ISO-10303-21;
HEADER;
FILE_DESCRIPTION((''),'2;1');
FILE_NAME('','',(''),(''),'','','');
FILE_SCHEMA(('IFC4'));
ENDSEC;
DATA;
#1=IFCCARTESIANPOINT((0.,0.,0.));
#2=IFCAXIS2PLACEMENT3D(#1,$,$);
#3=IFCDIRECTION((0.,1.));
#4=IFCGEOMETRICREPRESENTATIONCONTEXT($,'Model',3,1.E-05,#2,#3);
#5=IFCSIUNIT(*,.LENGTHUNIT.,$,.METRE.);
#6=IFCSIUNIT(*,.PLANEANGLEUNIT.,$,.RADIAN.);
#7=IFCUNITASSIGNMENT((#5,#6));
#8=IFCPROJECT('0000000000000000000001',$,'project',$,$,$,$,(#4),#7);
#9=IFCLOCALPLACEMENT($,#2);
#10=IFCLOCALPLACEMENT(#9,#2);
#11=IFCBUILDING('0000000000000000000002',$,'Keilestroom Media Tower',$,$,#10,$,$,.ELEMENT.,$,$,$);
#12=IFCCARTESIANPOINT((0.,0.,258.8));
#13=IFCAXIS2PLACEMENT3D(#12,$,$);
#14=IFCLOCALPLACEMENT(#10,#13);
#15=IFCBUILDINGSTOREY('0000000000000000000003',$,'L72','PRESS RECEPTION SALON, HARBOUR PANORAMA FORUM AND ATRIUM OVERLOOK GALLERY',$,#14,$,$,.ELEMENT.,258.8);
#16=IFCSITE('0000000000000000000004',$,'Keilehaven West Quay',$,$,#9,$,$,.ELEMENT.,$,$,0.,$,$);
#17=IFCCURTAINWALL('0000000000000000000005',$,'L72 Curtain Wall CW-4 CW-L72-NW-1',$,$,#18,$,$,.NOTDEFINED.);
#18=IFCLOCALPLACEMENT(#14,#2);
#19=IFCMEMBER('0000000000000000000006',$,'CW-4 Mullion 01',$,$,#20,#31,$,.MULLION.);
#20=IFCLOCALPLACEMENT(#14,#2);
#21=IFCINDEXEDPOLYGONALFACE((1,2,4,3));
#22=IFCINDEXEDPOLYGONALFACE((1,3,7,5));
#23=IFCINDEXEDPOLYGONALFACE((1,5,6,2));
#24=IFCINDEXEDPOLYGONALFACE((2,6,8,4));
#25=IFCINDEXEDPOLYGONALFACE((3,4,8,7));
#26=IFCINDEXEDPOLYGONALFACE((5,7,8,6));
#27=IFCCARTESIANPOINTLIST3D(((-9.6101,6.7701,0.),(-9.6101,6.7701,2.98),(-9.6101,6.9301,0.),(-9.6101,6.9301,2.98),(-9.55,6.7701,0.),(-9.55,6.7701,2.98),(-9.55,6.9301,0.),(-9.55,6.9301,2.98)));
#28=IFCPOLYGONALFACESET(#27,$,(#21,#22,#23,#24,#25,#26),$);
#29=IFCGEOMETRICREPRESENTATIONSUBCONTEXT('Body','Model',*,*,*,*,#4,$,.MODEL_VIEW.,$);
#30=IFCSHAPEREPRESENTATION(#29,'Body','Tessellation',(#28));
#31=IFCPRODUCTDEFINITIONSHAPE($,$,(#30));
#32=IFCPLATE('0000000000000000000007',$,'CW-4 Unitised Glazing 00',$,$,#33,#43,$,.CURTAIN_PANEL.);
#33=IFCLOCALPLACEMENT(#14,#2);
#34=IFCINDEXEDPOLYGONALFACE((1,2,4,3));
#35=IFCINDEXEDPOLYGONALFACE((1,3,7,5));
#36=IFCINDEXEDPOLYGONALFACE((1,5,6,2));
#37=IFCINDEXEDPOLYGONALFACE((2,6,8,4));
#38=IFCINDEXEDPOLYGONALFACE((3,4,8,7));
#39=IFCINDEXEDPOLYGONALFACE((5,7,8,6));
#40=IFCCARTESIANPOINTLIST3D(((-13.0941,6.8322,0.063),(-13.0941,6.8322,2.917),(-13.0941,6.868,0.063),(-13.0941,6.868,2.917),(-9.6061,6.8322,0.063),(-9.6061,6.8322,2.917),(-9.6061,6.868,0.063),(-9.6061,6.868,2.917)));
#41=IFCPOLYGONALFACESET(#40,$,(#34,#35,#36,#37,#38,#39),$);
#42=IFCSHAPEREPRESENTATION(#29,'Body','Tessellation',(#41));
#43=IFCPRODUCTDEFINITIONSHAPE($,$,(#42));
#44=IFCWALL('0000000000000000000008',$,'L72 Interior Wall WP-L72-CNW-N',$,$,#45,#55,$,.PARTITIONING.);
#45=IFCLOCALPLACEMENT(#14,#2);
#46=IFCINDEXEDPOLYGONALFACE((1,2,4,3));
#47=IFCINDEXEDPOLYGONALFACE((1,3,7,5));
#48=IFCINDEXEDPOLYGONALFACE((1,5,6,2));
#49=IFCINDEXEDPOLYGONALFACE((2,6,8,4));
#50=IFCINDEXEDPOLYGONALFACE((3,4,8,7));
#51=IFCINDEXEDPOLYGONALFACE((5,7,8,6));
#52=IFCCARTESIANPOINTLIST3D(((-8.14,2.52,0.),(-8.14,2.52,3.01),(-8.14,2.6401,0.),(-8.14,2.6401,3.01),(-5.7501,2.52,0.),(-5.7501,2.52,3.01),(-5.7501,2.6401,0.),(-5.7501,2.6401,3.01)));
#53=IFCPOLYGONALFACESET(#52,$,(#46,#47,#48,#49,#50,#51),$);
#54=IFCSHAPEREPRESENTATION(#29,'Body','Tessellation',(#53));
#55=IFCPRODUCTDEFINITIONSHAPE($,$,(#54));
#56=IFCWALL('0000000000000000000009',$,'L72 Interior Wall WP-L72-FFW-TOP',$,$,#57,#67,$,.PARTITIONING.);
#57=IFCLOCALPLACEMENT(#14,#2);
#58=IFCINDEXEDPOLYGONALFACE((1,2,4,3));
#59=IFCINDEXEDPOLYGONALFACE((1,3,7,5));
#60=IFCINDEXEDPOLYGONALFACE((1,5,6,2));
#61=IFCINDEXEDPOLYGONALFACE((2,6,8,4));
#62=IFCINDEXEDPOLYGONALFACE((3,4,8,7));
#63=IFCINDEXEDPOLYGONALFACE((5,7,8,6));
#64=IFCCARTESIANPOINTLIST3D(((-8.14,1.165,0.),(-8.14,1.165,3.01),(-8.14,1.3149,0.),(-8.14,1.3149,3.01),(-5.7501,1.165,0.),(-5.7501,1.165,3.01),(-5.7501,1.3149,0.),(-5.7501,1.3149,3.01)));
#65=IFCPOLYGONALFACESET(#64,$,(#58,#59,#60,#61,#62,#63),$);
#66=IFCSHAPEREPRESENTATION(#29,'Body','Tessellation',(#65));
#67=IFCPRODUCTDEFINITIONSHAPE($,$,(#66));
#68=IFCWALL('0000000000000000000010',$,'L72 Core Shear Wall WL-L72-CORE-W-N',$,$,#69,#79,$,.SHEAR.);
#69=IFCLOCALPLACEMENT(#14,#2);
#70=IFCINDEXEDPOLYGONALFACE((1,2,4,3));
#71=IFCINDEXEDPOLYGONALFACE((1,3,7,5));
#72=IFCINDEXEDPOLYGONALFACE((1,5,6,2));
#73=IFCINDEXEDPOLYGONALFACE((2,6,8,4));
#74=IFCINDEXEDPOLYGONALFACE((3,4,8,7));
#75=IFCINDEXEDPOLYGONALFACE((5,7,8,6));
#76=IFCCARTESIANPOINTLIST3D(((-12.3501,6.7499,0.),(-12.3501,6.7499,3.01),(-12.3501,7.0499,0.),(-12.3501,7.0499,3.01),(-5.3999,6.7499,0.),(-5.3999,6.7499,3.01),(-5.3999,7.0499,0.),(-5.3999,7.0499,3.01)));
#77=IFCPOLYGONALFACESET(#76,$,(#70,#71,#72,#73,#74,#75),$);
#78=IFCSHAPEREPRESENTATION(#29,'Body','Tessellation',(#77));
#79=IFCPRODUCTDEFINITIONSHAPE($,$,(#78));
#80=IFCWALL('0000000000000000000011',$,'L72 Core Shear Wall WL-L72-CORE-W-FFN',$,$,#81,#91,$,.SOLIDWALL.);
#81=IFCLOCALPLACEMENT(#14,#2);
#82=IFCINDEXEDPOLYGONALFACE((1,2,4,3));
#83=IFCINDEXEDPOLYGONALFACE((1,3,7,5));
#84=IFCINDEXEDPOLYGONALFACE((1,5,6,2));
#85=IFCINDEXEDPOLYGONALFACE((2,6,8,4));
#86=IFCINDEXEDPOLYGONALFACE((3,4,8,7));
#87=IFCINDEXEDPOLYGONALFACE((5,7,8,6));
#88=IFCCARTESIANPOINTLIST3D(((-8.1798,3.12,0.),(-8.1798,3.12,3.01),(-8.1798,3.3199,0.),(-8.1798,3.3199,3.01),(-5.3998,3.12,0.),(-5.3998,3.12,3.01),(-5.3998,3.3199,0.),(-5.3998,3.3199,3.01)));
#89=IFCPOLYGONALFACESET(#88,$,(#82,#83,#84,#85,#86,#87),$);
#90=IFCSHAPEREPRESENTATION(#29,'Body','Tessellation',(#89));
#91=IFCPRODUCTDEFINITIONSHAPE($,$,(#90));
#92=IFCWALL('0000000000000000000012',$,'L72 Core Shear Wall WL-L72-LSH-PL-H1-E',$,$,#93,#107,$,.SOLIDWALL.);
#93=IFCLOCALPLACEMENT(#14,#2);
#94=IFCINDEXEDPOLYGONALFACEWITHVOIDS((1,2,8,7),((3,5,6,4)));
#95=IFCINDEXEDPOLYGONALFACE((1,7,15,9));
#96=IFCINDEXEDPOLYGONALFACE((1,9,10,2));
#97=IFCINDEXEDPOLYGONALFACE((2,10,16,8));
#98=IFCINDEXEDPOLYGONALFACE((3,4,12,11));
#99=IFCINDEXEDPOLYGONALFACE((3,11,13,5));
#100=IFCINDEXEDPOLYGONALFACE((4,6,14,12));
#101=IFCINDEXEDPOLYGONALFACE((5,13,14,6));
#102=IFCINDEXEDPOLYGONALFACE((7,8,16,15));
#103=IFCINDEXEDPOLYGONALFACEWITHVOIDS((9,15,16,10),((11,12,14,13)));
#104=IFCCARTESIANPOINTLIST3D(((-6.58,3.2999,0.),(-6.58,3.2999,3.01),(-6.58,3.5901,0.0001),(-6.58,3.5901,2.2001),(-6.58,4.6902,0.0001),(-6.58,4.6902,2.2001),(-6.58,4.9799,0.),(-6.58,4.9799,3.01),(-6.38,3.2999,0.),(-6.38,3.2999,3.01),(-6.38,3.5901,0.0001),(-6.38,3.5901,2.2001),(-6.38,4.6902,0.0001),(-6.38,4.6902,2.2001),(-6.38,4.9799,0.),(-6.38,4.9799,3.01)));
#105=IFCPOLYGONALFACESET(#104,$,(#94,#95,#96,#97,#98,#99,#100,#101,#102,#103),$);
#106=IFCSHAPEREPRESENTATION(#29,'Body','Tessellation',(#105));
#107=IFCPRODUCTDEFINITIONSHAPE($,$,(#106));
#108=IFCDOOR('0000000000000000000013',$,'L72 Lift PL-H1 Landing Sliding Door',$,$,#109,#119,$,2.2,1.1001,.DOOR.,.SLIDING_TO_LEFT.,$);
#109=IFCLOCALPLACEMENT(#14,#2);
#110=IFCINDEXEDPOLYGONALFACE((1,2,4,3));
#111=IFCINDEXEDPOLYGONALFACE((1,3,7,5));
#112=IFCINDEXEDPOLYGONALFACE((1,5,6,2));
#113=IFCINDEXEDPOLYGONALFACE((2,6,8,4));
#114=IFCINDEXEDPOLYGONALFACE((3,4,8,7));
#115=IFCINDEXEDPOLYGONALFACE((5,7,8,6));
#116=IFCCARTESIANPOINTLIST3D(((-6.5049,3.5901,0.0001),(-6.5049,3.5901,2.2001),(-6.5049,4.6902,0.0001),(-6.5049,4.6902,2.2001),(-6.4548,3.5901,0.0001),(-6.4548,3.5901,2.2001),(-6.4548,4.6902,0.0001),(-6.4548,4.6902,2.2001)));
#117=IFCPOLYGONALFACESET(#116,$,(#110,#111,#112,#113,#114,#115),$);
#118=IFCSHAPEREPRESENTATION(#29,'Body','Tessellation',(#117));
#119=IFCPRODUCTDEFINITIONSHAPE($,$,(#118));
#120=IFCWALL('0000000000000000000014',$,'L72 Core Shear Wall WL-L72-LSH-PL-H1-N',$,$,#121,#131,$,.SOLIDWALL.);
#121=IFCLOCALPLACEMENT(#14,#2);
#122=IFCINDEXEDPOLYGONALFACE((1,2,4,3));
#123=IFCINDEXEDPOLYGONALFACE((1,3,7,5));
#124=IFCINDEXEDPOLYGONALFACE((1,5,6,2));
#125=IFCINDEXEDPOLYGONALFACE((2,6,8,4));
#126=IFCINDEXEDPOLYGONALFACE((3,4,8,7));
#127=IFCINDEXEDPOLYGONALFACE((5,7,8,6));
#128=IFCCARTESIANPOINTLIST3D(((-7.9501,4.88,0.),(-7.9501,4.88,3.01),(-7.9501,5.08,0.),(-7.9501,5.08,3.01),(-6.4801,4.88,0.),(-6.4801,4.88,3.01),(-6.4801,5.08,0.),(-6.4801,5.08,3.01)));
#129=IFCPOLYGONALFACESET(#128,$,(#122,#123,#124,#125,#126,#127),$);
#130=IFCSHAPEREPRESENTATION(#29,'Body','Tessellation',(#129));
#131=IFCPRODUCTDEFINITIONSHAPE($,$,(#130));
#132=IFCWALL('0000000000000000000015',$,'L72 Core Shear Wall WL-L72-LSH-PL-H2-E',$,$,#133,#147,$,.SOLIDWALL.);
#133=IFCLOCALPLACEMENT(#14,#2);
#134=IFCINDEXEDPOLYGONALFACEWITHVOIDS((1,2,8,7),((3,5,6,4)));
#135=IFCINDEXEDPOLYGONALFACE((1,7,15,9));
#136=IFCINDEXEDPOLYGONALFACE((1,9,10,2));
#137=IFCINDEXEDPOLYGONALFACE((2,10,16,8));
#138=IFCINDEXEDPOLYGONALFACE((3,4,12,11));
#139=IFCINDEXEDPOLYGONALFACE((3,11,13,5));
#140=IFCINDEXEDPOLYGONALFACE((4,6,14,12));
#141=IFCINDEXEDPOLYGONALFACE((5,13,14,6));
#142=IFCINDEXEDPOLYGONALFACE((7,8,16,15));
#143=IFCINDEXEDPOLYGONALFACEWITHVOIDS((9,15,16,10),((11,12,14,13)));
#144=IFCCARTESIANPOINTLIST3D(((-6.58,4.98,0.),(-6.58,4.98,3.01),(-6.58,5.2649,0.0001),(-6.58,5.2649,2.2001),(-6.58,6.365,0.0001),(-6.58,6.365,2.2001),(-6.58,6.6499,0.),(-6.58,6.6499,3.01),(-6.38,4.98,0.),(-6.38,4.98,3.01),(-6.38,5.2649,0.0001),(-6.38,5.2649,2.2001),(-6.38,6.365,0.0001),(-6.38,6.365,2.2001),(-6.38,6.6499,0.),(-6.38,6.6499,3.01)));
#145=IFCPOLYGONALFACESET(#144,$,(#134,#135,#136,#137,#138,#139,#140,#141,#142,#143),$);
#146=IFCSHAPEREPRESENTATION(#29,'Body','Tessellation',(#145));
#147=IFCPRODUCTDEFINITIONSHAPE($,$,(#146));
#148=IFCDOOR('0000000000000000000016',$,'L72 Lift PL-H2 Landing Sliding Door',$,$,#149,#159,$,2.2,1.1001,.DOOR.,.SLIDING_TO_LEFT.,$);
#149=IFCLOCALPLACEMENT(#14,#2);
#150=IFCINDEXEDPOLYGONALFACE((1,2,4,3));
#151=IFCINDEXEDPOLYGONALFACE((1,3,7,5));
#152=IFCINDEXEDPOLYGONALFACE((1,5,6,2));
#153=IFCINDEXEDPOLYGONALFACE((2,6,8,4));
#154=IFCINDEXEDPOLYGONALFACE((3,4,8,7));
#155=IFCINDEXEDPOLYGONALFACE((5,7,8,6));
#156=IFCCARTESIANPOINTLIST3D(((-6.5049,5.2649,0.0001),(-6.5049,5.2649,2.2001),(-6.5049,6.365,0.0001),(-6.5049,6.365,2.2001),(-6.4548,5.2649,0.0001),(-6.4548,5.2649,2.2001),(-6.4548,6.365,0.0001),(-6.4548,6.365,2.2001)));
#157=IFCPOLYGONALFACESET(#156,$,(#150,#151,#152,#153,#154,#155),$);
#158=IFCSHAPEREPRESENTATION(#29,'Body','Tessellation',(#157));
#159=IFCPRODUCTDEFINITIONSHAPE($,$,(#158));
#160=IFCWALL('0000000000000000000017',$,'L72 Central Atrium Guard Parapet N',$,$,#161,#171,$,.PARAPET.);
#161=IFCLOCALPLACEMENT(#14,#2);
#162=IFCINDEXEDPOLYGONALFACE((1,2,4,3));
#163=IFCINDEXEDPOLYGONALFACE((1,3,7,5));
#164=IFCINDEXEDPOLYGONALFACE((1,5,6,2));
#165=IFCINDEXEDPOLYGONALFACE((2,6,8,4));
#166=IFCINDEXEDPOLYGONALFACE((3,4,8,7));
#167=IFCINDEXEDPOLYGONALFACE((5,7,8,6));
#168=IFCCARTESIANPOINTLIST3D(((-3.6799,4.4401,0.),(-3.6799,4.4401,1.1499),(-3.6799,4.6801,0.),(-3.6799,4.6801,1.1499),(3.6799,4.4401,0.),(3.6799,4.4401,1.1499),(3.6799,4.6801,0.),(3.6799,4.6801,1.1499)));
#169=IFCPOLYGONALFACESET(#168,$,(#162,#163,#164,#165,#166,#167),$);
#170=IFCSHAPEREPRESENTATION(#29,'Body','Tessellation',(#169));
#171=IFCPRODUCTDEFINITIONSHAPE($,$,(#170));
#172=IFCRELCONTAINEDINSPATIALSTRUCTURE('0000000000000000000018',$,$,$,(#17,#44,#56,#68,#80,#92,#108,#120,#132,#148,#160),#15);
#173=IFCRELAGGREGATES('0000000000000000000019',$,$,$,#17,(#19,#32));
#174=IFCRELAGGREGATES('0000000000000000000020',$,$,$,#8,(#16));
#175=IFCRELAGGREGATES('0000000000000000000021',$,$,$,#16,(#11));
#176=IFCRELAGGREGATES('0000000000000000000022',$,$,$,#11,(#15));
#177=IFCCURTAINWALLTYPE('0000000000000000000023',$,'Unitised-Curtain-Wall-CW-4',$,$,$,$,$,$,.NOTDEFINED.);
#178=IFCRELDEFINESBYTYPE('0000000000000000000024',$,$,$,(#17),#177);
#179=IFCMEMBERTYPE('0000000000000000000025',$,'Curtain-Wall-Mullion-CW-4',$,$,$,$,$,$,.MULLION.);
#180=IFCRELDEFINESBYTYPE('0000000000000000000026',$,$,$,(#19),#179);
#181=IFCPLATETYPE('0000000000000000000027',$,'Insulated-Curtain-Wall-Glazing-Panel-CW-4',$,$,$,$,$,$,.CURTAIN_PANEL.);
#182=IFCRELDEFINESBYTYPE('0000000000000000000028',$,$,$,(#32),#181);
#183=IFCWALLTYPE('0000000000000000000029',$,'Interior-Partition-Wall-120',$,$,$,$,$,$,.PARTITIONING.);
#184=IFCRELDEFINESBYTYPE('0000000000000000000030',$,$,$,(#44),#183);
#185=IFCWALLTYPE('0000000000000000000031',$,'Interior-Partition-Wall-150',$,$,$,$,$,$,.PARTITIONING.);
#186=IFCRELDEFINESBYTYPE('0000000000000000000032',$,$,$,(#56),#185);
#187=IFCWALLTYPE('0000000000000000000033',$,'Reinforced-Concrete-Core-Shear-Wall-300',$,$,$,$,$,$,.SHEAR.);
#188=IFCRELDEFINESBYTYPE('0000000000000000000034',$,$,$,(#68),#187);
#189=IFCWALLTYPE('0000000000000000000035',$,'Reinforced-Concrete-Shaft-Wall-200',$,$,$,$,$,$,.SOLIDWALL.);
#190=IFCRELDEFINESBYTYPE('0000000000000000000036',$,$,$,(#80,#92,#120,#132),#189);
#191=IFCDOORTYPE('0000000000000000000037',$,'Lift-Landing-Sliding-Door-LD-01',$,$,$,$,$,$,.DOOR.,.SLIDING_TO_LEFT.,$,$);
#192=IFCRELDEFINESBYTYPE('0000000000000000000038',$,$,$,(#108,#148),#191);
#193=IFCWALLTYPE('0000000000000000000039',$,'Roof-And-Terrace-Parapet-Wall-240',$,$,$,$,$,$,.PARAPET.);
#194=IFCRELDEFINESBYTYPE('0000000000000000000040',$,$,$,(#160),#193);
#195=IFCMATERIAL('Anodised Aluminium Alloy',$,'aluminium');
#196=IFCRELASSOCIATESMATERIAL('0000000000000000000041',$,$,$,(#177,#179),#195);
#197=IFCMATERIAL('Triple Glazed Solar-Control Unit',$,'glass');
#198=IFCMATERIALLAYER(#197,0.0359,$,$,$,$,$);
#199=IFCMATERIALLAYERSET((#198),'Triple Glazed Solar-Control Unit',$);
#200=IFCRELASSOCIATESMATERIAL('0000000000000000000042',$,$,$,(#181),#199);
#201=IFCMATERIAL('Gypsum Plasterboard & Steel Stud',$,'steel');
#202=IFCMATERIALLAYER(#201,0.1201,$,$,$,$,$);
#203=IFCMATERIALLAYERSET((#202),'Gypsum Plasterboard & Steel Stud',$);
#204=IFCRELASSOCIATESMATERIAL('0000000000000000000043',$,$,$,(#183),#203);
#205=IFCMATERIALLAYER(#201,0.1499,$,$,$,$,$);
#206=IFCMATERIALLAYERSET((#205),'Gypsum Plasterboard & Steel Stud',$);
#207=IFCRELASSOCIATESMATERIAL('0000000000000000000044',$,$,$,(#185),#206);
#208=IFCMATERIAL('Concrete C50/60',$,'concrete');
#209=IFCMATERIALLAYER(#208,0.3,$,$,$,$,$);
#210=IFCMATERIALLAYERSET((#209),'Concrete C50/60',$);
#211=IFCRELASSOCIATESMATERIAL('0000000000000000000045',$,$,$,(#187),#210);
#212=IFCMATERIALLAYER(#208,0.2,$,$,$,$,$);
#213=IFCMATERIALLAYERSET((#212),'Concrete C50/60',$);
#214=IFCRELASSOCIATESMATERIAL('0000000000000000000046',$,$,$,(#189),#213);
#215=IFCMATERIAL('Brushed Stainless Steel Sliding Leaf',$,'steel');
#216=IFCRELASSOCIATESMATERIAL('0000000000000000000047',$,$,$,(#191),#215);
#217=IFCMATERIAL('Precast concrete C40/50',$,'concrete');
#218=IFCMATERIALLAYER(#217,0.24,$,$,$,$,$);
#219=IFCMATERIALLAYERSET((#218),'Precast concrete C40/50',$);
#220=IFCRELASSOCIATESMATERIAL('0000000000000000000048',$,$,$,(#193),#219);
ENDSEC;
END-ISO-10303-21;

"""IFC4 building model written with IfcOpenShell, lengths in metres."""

from ifc_helpers import new_model, si_unit, direction, frame, frame_2d, origin, origin_2d, place, context, subcontext, project, spatial, rectangle, extrude, source, transform, mapped, material, layer, layer_set, material_profile, profile_set, type_object, element, fill, aggregate, save


model = new_model("IFC4")

# Units and contexts
model_context = context("Model", 3, precision=1e-05, world=origin(), true_north=direction((0.0, 1.0)))
body_context = subcontext(model_context, "Body", "Model", "MODEL_VIEW")
ifc_project = project(units=[si_unit("LENGTHUNIT", "METRE"), si_unit("PLANEANGLEUNIT", "RADIAN")], contexts=[model_context])

# Site, building, storey
site_placement = place(None, origin())
site = spatial("IfcSite", under=ifc_project, at=site_placement, Name="Keilehaven West Quay", CompositionType="ELEMENT", RefElevation=0.0)
building_placement = place(site_placement, origin())
building = spatial("IfcBuilding", under=site, at=building_placement, Name="Keilestroom Media Tower", CompositionType="ELEMENT")
storey_placement = place(building_placement, frame((0.0, 0.0, 258.8)))
storey = spatial("IfcBuildingStorey", under=building, at=storey_placement, Name="L72", Description="PRESS RECEPTION SALON, HARBOUR PANORAMA FORUM AND ATRIUM OVERLOOK GALLERY", CompositionType="ELEMENT", Elevation=258.8)

# Curtain wall, member, plate
ifc_material_1 = material(Name="Anodised Aluminium Alloy", Category="aluminium")
curtain_wall_type = type_object("IfcCurtainWallType", Name="Unitised-Curtain-Wall-CW-4", PredefinedType="NOTDEFINED", material=ifc_material_1)
curtain_wall_placement = place(storey_placement, origin())
curtain_wall = element("IfcCurtainWall", 1, at=curtain_wall_placement, inside=storey, type_object=curtain_wall_type, Name="L72 Curtain Wall CW-4 CW-L72-NW-1", PredefinedType="NOTDEFINED")
ifc_material_profile = material_profile(ifc_material_1, rectangle(XDim=0.0601, YDim=0.1599, at=origin_2d()), Name="ALU MULLION 60x160")
ifc_profile_set = profile_set([ifc_material_profile], Name="Anodised Aluminium Alloy")
member_type = type_object("IfcMemberType", Name="Curtain-Wall-Mullion-CW-4", PredefinedType="MULLION", material=ifc_profile_set)
shared_shape_1 = source(origin(), body_context, "Body", "SweptSolid", [
    extrude(rectangle(XDim=0.0601, YDim=0.1599, at=origin_2d()), origin(), (0.0, 0.0, 1.0), 2.98),
])
member_placement = place(storey_placement, frame((-9.5801, 6.8501, 0.0), z_axis=(0.0, 0.0, 1.0), x_axis=(1.0, 0.0, 0.0)))
member = element("IfcMember", 2, at=member_placement, type_object=member_type, Name="CW-4 Mullion 01", PredefinedType="MULLION", context=body_context, shape_type="MappedRepresentation", body=[
    mapped(shared_shape_1, transform((0.0, 0.0, 0.0), x_axis=(1.0, 0.0, 0.0), y_axis=(0.0, 1.0, 0.0), z_axis=(0.0, 0.0, 1.0), scale=1.0)),
])
ifc_material_2 = material(Name="Triple Glazed Solar-Control Unit", Category="glass")
ifc_layer_1 = layer(ifc_material_2, 0.0359)
ifc_layer_set_1 = layer_set([ifc_layer_1], Name="Triple Glazed Solar-Control Unit")
plate_type = type_object("IfcPlateType", Name="Insulated-Curtain-Wall-Glazing-Panel-CW-4", PredefinedType="CURTAIN_PANEL", material=ifc_layer_set_1)
shared_shape_2 = source(origin(), body_context, "Body", "SweptSolid", [
    extrude(rectangle(XDim=3.488, YDim=0.0359, at=origin_2d()), origin(), (0.0, 0.0, 1.0), 2.854),
])
plate_placement = place(storey_placement, frame((-11.3501, 6.8501, 0.063), z_axis=(0.0, 0.0, 1.0), x_axis=(1.0, 0.0, 0.0)))
plate = element("IfcPlate", 3, at=plate_placement, type_object=plate_type, Name="CW-4 Unitised Glazing 00", PredefinedType="CURTAIN_PANEL", context=body_context, shape_type="MappedRepresentation", body=[
    mapped(shared_shape_2, transform((0.0, 0.0, 0.0), x_axis=(1.0, 0.0, 0.0), y_axis=(0.0, 1.0, 0.0), z_axis=(0.0, 0.0, 1.0), scale=1.0)),
])
aggregate(curtain_wall, [member, plate])

# Walls
ifc_material_3 = material(Name="Gypsum Plasterboard & Steel Stud", Category="steel")
ifc_layer_2 = layer(ifc_material_3, 0.1201)
ifc_layer_set_2 = layer_set([ifc_layer_2], Name="Gypsum Plasterboard & Steel Stud")
wall_type_1 = type_object("IfcWallType", Name="Interior-Partition-Wall-120", PredefinedType="PARTITIONING", material=ifc_layer_set_2)
wall_1_placement = place(storey_placement, frame((-8.1399, 2.5801, 0.0), z_axis=(0.0, 0.0, 1.0), x_axis=(1.0, 0.0, 0.0)))
element("IfcWall", 4, at=wall_1_placement, inside=storey, type_object=wall_type_1, Name="L72 Interior Wall WP-L72-CNW-N", PredefinedType="PARTITIONING", context=body_context, shape_type="SweptSolid", body=[
    extrude(rectangle(XDim=2.3899, YDim=0.1201, at=frame_2d((1.1948, 0.0))), origin(), (0.0, 0.0, 1.0), 3.01),
])
ifc_layer_3 = layer(ifc_material_3, 0.1499)
ifc_layer_set_3 = layer_set([ifc_layer_3], Name="Gypsum Plasterboard & Steel Stud")
wall_type_2 = type_object("IfcWallType", Name="Interior-Partition-Wall-150", PredefinedType="PARTITIONING", material=ifc_layer_set_3)
wall_2_placement = place(storey_placement, frame((-8.1399, 1.24, 0.0), z_axis=(0.0, 0.0, 1.0), x_axis=(1.0, 0.0, 0.0)))
element("IfcWall", 5, at=wall_2_placement, inside=storey, type_object=wall_type_2, Name="L72 Interior Wall WP-L72-FFW-TOP", PredefinedType="PARTITIONING", context=body_context, shape_type="SweptSolid", body=[
    extrude(rectangle(XDim=2.3899, YDim=0.1499, at=frame_2d((1.1948, 0.0))), origin(), (0.0, 0.0, 1.0), 3.01),
])
ifc_material_4 = material(Name="Concrete C50/60", Category="concrete")
ifc_layer_4 = layer(ifc_material_4, 0.3)
ifc_layer_set_4 = layer_set([ifc_layer_4], Name="Concrete C50/60")
wall_type_3 = type_object("IfcWallType", Name="Reinforced-Concrete-Core-Shear-Wall-300", PredefinedType="SHEAR", material=ifc_layer_set_4)
wall_3_placement = place(storey_placement, frame((-12.3501, 6.8999, 0.0), z_axis=(0.0, 0.0, 1.0), x_axis=(1.0, 0.0, 0.0)))
element("IfcWall", 6, at=wall_3_placement, inside=storey, type_object=wall_type_3, Name="L72 Core Shear Wall WL-L72-CORE-W-N", PredefinedType="SHEAR", context=body_context, shape_type="SweptSolid", body=[
    extrude(rectangle(XDim=6.9502, YDim=0.3, at=frame_2d((3.4751, 0.0))), origin(), (0.0, 0.0, 1.0), 3.01),
])
ifc_layer_5 = layer(ifc_material_4, 0.2)
ifc_layer_set_5 = layer_set([ifc_layer_5], Name="Concrete C50/60")
wall_type_4 = type_object("IfcWallType", Name="Reinforced-Concrete-Shaft-Wall-200", PredefinedType="SOLIDWALL", material=ifc_layer_set_5)
wall_4_placement = place(storey_placement, frame((-8.1799, 3.22, 0.0), z_axis=(0.0, 0.0, 1.0), x_axis=(1.0, 0.0, 0.0)))
element("IfcWall", 7, at=wall_4_placement, inside=storey, type_object=wall_type_4, Name="L72 Core Shear Wall WL-L72-CORE-W-FFN", PredefinedType="SOLIDWALL", context=body_context, shape_type="SweptSolid", body=[
    extrude(rectangle(XDim=2.78, YDim=0.2, at=frame_2d((1.3901, 0.0))), origin(), (0.0, 0.0, 1.0), 3.01),
])

# Wall, opening, door
wall_5_placement = place(storey_placement, frame((-6.48, 3.3, 0.0), z_axis=(0.0, 0.0, 1.0), x_axis=(0.0, 1.0, 0.0)))
wall_5 = element("IfcWall", 8, at=wall_5_placement, inside=storey, type_object=wall_type_4, Name="L72 Core Shear Wall WL-L72-LSH-PL-H1-E", PredefinedType="SOLIDWALL", context=body_context, shape_type="SweptSolid", body=[
    extrude(rectangle(XDim=1.6799, YDim=0.2, at=frame_2d((0.8398, 0.0))), origin(), (0.0, 0.0, 1.0), 3.01),
])
opening_1_placement = place(wall_5_placement, frame((0.29, 0.0, 0.0)))
opening_1 = element("IfcOpeningElement", 9, at=opening_1_placement, cuts=wall_5, PredefinedType="OPENING", context=body_context, shape_type="SweptSolid", body=[
    extrude(rectangle(XDim=1.1001, YDim=2.2, at=frame_2d((0.55, 1.1001))), frame((0.0, 0.1099, 0.0), z_axis=(0.0, -1.0, 0.0), x_axis=(1.0, 0.0, 0.0)), (0.0, 0.0, 1.0), 0.22),
])
ifc_material_5 = material(Name="Brushed Stainless Steel Sliding Leaf", Category="steel")
door_type = type_object("IfcDoorType", Name="Lift-Landing-Sliding-Door-LD-01", OperationType="SLIDING_TO_LEFT", PredefinedType="DOOR", material=ifc_material_5)
shared_shape_3 = source(origin(), body_context, "Body", "SweptSolid", [
    extrude(rectangle(XDim=1.1001, YDim=2.2, at=frame_2d((0.55, 1.1001))), frame((0.0, 0.0249, 0.0), z_axis=(0.0, -1.0, 0.0), x_axis=(1.0, 0.0, 0.0)), (0.0, 0.0, 1.0), 0.05),
])
door_1_placement = place(opening_1_placement, origin())
door_1 = element("IfcDoor", 10, at=door_1_placement, inside=storey, type_object=door_type, Name="L72 Lift PL-H1 Landing Sliding Door", OperationType="SLIDING_TO_LEFT", OverallHeight=2.2, OverallWidth=1.1001, PredefinedType="DOOR", context=body_context, shape_type="MappedRepresentation", body=[
    mapped(shared_shape_3, transform((0.0, 0.0, 0.0), x_axis=(1.0, 0.0, 0.0), y_axis=(0.0, 1.0, 0.0), z_axis=(0.0, 0.0, 1.0), scale=1.0)),
])
fill(opening_1, door_1)

# Wall
wall_6_placement = place(storey_placement, frame((-7.95, 4.98, 0.0), z_axis=(0.0, 0.0, 1.0), x_axis=(1.0, 0.0, 0.0)))
element("IfcWall", 11, at=wall_6_placement, inside=storey, type_object=wall_type_4, Name="L72 Core Shear Wall WL-L72-LSH-PL-H1-N", PredefinedType="SOLIDWALL", context=body_context, shape_type="SweptSolid", body=[
    extrude(rectangle(XDim=1.47, YDim=0.2, at=frame_2d((0.7349, 0.0))), origin(), (0.0, 0.0, 1.0), 3.01),
])

# Wall, opening, door
wall_7_placement = place(storey_placement, frame((-6.48, 4.98, 0.0), z_axis=(0.0, 0.0, 1.0), x_axis=(0.0, 1.0, 0.0)))
wall_7 = element("IfcWall", 12, at=wall_7_placement, inside=storey, type_object=wall_type_4, Name="L72 Core Shear Wall WL-L72-LSH-PL-H2-E", PredefinedType="SOLIDWALL", context=body_context, shape_type="SweptSolid", body=[
    extrude(rectangle(XDim=1.6699, YDim=0.2, at=frame_2d((0.835, 0.0))), origin(), (0.0, 0.0, 1.0), 3.01),
])
opening_2_placement = place(wall_7_placement, frame((0.2849, 0.0, 0.0)))
opening_2 = element("IfcOpeningElement", 13, at=opening_2_placement, cuts=wall_7, PredefinedType="OPENING", context=body_context, shape_type="SweptSolid", body=[
    extrude(rectangle(XDim=1.1001, YDim=2.2, at=frame_2d((0.55, 1.1001))), frame((0.0, 0.1099, 0.0), z_axis=(0.0, -1.0, 0.0), x_axis=(1.0, 0.0, 0.0)), (0.0, 0.0, 1.0), 0.22),
])
door_2_placement = place(opening_2_placement, origin())
door_2 = element("IfcDoor", 14, at=door_2_placement, inside=storey, type_object=door_type, Name="L72 Lift PL-H2 Landing Sliding Door", OperationType="SLIDING_TO_LEFT", OverallHeight=2.2, OverallWidth=1.1001, PredefinedType="DOOR", context=body_context, shape_type="MappedRepresentation", body=[
    mapped(shared_shape_3, transform((0.0, 0.0, 0.0), x_axis=(1.0, 0.0, 0.0), y_axis=(0.0, 1.0, 0.0), z_axis=(0.0, 0.0, 1.0), scale=1.0)),
])
fill(opening_2, door_2)

# Wall
ifc_material_6 = material(Name="Precast concrete C40/50", Category="concrete")
ifc_layer_6 = layer(ifc_material_6, 0.24)
ifc_layer_set_6 = layer_set([ifc_layer_6], Name="Precast concrete C40/50")
wall_type_5 = type_object("IfcWallType", Name="Roof-And-Terrace-Parapet-Wall-240", PredefinedType="PARAPET", material=ifc_layer_set_6)
wall_8_placement = place(storey_placement, frame((-3.6799, 4.5601, 0.0), z_axis=(0.0, 0.0, 1.0), x_axis=(1.0, 0.0, 0.0)))
element("IfcWall", 15, at=wall_8_placement, inside=storey, type_object=wall_type_5, Name="L72 Central Atrium Guard Parapet N", PredefinedType="PARAPET", context=body_context, shape_type="SweptSolid", body=[
    extrude(rectangle(XDim=7.3599, YDim=0.24, at=frame_2d((3.6799, 0.0))), origin(), (0.0, 0.0, 1.0), 1.1499),
])

save(model, "model.ifc")
